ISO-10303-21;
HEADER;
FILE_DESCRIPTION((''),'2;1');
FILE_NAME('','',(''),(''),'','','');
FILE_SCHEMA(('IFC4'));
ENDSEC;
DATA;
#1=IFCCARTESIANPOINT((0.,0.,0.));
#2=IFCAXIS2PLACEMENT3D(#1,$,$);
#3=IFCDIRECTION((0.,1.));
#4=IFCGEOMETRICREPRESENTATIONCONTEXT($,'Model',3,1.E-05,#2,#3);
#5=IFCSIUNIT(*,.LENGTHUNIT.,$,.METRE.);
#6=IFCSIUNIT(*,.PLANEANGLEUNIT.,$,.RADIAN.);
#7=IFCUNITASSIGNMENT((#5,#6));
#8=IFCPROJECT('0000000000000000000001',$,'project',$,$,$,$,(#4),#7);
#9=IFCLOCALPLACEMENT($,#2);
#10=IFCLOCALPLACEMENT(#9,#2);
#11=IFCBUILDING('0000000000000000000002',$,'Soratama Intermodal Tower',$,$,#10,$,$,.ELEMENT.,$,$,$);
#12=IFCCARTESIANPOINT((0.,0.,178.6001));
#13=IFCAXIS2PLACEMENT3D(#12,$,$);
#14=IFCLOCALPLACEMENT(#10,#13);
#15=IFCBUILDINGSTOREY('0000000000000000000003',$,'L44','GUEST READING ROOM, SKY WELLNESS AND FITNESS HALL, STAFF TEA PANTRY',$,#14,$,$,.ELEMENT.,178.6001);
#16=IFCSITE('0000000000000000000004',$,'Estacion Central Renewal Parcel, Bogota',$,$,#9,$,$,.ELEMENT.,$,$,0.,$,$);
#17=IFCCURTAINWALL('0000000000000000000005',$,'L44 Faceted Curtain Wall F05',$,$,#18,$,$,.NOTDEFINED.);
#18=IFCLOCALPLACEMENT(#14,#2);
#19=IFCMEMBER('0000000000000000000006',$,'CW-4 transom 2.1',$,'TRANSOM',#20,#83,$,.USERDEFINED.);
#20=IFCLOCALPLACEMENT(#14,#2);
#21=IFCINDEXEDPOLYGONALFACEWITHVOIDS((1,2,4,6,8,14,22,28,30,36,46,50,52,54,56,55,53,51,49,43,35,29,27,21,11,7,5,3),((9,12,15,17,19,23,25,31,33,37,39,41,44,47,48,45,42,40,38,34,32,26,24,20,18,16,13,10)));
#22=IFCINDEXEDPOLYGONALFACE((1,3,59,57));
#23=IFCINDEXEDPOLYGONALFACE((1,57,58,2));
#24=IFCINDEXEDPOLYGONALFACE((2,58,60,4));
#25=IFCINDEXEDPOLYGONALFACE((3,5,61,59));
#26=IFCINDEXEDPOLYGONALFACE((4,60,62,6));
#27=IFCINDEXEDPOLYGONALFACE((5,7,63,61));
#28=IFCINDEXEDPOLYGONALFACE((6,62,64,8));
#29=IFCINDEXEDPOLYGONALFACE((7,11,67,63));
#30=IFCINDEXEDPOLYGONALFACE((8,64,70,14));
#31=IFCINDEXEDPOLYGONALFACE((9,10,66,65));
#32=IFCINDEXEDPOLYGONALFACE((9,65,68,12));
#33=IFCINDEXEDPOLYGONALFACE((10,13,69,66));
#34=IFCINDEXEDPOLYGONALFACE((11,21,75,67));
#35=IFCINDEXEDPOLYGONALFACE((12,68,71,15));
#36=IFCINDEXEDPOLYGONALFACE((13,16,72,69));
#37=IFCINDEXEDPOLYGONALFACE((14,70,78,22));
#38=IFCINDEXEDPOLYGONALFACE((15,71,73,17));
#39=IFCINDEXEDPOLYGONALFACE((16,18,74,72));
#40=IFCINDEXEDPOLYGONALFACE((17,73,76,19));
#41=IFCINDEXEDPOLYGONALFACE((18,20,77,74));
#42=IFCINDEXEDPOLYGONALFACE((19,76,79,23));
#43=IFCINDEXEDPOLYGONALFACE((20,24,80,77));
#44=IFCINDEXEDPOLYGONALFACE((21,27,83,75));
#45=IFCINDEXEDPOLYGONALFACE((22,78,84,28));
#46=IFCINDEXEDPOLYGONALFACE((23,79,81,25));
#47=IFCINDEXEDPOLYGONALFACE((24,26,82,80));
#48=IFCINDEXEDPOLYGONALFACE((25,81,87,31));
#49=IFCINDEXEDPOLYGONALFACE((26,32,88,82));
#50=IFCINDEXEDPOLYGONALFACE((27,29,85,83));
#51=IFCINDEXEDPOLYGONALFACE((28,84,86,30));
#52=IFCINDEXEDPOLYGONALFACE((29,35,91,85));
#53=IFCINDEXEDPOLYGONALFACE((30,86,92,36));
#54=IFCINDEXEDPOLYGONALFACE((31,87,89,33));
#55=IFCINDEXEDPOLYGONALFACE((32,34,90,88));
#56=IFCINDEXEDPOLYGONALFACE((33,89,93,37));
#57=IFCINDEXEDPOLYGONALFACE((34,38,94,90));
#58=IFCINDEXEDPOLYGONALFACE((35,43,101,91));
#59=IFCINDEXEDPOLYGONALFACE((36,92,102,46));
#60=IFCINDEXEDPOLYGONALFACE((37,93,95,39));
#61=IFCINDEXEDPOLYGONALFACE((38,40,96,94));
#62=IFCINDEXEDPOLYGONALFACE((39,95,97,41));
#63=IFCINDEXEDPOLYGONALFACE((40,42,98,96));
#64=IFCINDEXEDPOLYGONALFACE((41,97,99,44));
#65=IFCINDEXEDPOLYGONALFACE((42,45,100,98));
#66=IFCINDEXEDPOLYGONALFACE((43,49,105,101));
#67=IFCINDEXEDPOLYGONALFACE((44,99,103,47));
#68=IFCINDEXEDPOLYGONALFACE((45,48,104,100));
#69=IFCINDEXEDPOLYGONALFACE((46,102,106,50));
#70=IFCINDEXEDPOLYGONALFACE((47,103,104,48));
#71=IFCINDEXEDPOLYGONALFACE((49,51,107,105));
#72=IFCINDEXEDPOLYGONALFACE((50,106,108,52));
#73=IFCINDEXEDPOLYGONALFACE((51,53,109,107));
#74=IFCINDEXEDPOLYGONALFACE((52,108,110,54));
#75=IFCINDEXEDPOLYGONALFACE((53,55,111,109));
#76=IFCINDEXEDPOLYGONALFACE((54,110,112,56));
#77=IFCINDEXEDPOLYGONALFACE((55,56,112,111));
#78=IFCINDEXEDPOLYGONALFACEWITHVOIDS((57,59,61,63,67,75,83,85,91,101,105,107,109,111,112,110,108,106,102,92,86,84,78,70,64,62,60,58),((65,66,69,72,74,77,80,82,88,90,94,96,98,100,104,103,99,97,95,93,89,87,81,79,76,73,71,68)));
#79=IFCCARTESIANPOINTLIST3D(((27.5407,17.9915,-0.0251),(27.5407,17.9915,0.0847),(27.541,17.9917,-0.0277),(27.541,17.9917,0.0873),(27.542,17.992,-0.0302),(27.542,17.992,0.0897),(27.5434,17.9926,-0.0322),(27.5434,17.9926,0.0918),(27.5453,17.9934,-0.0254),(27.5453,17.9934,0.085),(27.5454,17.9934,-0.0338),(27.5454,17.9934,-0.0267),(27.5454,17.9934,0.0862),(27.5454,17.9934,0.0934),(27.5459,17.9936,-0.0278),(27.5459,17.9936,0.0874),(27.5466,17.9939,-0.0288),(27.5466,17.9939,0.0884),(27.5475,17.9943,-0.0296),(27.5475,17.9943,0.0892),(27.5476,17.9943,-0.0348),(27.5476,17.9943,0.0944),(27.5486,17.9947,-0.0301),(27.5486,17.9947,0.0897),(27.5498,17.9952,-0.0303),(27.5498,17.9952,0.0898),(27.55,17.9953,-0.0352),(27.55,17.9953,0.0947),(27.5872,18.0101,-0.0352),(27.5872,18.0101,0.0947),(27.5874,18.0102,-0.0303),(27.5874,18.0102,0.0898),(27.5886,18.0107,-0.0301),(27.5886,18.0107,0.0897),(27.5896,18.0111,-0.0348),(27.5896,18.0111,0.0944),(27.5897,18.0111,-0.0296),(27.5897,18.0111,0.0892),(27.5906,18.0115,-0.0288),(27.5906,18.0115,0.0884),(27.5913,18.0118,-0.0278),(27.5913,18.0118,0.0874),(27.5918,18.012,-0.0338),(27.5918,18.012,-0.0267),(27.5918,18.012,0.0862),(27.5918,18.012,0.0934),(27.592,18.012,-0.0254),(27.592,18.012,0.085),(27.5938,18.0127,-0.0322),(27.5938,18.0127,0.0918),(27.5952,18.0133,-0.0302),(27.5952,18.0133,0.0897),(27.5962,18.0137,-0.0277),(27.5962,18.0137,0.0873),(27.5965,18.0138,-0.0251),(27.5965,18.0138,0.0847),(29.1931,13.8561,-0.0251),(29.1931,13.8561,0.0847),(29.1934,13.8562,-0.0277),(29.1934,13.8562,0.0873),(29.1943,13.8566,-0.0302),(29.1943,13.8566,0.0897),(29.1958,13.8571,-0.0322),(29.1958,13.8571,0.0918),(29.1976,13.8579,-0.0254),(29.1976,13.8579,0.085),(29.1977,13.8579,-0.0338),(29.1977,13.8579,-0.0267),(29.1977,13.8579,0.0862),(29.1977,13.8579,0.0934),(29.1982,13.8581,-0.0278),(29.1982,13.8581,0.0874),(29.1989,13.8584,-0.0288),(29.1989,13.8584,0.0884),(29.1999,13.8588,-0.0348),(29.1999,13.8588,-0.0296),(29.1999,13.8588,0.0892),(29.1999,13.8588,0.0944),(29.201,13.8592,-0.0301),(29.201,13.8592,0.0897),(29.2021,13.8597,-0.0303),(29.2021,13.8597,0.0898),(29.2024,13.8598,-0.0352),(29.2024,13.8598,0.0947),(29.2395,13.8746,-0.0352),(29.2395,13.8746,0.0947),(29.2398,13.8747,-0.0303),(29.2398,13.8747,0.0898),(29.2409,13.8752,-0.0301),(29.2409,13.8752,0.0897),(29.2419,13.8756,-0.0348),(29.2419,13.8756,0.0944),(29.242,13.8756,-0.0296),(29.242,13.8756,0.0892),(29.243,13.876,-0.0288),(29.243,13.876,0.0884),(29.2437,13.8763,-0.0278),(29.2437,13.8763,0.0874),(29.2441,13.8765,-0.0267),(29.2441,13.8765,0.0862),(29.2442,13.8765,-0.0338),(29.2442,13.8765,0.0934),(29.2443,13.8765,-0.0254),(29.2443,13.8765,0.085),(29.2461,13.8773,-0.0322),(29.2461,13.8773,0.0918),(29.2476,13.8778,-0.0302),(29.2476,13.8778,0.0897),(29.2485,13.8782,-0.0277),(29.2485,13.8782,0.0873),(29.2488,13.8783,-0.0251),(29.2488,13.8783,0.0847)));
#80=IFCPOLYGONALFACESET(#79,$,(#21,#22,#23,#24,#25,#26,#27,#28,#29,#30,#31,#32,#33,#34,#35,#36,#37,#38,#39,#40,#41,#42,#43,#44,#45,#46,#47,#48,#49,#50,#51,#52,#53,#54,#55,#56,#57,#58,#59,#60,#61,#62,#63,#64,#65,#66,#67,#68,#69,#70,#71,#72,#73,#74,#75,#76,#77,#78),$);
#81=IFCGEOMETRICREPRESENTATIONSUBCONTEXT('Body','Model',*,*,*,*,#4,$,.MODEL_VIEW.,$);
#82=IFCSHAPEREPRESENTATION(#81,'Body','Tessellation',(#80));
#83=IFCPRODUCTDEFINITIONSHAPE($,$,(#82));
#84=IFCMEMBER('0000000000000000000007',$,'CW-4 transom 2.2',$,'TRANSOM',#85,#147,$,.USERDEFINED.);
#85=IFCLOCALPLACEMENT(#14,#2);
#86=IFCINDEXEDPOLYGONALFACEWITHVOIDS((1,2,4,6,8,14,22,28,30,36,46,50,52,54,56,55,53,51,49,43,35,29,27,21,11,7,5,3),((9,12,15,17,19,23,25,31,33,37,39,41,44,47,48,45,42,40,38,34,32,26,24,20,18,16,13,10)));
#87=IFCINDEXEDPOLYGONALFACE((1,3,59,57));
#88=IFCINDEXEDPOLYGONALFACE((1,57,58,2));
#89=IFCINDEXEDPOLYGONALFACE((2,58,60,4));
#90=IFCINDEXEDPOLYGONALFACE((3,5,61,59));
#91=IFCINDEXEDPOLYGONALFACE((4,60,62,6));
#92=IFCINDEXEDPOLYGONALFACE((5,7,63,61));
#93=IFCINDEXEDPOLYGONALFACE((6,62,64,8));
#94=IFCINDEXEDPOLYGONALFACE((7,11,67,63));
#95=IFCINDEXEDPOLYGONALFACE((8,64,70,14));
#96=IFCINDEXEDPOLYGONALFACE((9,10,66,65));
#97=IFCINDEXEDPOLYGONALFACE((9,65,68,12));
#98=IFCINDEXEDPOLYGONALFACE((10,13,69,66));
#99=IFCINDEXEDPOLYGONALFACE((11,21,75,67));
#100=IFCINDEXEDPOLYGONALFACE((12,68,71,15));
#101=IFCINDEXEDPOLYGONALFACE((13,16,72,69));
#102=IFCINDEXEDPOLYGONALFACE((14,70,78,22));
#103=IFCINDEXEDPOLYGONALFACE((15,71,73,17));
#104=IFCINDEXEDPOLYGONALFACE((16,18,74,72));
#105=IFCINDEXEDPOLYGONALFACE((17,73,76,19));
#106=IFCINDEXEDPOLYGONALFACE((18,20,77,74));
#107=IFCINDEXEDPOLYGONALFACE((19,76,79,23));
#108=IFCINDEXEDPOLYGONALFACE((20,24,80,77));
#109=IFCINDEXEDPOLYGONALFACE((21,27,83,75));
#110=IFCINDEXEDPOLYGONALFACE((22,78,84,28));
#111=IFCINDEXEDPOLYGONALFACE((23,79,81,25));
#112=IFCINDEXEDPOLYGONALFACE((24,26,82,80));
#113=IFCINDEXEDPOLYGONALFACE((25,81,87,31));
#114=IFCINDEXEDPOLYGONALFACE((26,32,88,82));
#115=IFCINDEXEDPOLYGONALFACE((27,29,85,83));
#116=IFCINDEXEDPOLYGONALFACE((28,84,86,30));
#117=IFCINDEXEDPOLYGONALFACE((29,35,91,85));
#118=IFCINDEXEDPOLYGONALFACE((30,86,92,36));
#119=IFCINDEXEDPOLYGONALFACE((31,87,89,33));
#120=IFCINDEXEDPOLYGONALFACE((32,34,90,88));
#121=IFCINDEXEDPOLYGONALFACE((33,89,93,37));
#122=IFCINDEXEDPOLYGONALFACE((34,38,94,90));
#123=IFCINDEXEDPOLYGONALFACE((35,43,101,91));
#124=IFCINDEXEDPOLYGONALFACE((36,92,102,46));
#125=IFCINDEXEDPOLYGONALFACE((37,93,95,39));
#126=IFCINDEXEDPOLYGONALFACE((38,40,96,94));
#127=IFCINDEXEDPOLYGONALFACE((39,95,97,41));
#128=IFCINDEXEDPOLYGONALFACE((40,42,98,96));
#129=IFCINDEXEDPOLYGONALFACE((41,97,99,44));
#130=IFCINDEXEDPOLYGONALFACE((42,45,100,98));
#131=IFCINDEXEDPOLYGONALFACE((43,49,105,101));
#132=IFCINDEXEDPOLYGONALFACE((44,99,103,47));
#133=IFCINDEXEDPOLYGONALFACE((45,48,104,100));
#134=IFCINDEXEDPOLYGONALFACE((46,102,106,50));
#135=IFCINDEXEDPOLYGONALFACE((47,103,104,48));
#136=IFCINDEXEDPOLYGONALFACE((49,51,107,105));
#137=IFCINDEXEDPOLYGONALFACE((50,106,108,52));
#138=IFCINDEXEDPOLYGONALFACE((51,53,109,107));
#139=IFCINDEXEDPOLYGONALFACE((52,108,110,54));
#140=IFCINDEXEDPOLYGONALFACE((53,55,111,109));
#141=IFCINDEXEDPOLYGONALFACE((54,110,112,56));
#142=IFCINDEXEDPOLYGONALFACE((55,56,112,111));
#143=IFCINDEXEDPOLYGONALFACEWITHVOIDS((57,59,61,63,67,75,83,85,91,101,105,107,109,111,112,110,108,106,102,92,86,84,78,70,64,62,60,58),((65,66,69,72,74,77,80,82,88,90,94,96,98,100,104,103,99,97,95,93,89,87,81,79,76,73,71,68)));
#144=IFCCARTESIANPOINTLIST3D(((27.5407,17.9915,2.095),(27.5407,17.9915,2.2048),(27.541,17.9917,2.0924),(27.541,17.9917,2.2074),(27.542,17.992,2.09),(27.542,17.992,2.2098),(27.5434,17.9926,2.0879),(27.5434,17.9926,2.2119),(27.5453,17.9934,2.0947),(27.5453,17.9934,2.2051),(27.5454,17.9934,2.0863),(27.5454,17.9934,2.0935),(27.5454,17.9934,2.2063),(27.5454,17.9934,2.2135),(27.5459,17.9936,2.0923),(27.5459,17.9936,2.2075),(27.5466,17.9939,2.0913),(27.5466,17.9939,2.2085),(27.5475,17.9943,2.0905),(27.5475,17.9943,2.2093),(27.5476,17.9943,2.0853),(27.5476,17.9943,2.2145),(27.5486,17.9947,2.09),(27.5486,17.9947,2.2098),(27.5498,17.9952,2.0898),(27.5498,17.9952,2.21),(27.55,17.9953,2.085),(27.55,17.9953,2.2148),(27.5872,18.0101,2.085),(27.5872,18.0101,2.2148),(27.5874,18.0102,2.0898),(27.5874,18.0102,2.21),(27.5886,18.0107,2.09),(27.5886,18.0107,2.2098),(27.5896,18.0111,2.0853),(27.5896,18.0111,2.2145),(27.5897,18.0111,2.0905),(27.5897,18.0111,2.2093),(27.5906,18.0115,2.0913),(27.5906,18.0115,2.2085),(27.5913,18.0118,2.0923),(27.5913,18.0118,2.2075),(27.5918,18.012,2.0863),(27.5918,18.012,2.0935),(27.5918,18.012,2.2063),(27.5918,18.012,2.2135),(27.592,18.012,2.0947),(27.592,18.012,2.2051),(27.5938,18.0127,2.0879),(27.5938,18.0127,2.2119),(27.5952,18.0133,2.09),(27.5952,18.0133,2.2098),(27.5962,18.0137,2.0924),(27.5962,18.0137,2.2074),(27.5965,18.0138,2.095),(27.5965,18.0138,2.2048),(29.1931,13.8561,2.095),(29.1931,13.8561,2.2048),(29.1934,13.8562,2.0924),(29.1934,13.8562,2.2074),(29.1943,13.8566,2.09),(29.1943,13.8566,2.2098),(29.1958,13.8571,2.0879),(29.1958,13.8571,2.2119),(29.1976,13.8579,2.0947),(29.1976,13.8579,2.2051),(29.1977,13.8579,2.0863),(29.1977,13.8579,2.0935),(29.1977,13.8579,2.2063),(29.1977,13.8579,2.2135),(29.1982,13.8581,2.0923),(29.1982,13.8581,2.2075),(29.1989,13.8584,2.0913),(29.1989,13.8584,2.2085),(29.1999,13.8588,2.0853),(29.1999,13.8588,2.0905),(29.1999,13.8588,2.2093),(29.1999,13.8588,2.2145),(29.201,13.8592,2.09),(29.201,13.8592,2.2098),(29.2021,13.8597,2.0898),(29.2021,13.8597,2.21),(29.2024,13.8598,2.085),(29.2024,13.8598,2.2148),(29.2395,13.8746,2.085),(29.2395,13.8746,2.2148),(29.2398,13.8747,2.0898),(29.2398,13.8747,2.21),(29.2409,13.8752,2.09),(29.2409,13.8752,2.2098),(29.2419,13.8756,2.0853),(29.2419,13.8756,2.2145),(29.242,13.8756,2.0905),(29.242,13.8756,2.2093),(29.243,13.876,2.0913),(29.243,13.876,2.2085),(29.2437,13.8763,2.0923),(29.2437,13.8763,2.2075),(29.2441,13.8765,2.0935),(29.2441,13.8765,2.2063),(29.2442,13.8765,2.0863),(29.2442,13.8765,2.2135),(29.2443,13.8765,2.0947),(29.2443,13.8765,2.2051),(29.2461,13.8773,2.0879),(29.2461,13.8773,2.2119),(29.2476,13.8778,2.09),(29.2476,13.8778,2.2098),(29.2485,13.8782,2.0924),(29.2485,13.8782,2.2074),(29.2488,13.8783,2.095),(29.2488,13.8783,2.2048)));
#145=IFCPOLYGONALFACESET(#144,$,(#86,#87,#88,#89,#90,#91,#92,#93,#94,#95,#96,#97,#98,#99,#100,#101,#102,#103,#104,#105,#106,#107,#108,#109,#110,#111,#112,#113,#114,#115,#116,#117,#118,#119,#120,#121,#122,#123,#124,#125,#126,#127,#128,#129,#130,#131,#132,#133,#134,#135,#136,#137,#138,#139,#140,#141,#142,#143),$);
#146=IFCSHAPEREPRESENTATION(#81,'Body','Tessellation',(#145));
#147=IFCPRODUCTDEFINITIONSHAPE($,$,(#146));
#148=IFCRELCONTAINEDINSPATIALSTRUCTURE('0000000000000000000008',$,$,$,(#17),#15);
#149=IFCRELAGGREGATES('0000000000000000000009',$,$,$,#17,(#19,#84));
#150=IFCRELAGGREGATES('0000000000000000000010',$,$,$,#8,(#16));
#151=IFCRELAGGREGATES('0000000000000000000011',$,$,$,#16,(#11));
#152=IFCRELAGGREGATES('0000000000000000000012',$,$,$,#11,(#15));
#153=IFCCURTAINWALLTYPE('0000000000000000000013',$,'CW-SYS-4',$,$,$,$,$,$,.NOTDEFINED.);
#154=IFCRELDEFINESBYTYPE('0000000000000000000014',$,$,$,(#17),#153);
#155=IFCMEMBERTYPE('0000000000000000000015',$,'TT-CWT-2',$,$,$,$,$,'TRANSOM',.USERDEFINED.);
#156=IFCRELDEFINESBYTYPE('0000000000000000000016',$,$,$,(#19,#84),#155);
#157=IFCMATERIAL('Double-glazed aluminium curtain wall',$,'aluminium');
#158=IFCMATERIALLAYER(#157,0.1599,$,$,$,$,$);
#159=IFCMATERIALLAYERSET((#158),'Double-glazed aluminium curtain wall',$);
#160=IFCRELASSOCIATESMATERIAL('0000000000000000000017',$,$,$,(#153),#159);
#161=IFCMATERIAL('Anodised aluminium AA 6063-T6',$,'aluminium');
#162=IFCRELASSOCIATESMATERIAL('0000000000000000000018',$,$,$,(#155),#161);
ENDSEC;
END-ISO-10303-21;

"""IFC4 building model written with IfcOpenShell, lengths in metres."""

from ifc_helpers import new_model, si_unit, direction, frame, origin, origin_2d, place, context, subcontext, project, spatial, hollow_rectangle, extrude, material, layer, layer_set, material_profile, profile_set, type_object, element, aggregate, save


model = new_model("IFC4")

# Units and contexts
model_context = context("Model", 3, precision=1e-05, world=origin(), true_north=direction((0.0, 1.0)))
body_context = subcontext(model_context, "Body", "Model", "MODEL_VIEW")
ifc_project = project(units=[si_unit("LENGTHUNIT", "METRE"), si_unit("PLANEANGLEUNIT", "RADIAN")], contexts=[model_context])

# Site, building, storey
site_placement = place(None, origin())
site = spatial("IfcSite", under=ifc_project, at=site_placement, Name="Estacion Central Renewal Parcel, Bogota", CompositionType="ELEMENT", RefElevation=0.0)
building_placement = place(site_placement, origin())
building = spatial("IfcBuilding", under=site, at=building_placement, Name="Soratama Intermodal Tower", CompositionType="ELEMENT")
storey_placement = place(building_placement, frame((0.0, 0.0, 178.6001)))
storey = spatial("IfcBuildingStorey", under=building, at=storey_placement, Name="L44", Description="GUEST READING ROOM, SKY WELLNESS AND FITNESS HALL, STAFF TEA PANTRY", CompositionType="ELEMENT", Elevation=178.6001)

# Curtain wall, members
ifc_material_1 = material(Name="Double-glazed aluminium curtain wall", Category="aluminium")
ifc_layer_1 = layer(ifc_material_1, 0.1599)
ifc_layer_set_1 = layer_set([ifc_layer_1], Name="Double-glazed aluminium curtain wall")
curtain_wall_type = type_object("IfcCurtainWallType", Name="CW-SYS-4", PredefinedType="NOTDEFINED", material=ifc_layer_set_1)
curtain_wall_placement = place(storey_placement, origin())
curtain_wall = element("IfcCurtainWall", 1, at=curtain_wall_placement, inside=storey, type_object=curtain_wall_type, Name="L44 Faceted Curtain Wall F05", PredefinedType="NOTDEFINED")
ifc_material_2 = material(Name="Anodised aluminium AA 6063-T6", Category="aluminium")
ifc_material_profile_1 = material_profile(ifc_material_2, hollow_rectangle(XDim=0.0601, YDim=0.1299, WallThickness=0.0049, InnerFilletRadius=0.0049, OuterFilletRadius=0.01, at=origin_2d()), Name="CWT130X60X5")
ifc_profile_set_1 = profile_set([ifc_material_profile_1], Name="Anodised aluminium AA 6063-T6")
member_type_1 = type_object("IfcMemberType", Name="TT-CWT-2", ElementType="TRANSOM", PredefinedType="USERDEFINED", material=ifc_profile_set_1)
member_1_placement = place(storey_placement, frame((27.5686, 18.0027, 0.0298), z_axis=(0.371031, -0.92862, 0.0), x_axis=(0.92862, 0.371031, 0.0)))
member_1 = element("IfcMember", 2, at=member_1_placement, type_object=member_type_1, Name="CW-4 transom 2.1", ObjectType="TRANSOM", PredefinedType="USERDEFINED", context=body_context, shape_type="SweptSolid", body=[
    extrude(hollow_rectangle(XDim=0.0601, YDim=0.1299, WallThickness=0.0049, InnerFilletRadius=0.0049, OuterFilletRadius=0.01, at=origin_2d()), origin(), (0.0, 0.0, 1.0), 4.4534),
])
member_2_placement = place(storey_placement, frame((27.5686, 18.0027, 2.1499), z_axis=(0.371031, -0.92862, 0.0), x_axis=(0.92862, 0.371031, 0.0)))
member_2 = element("IfcMember", 3, at=member_2_placement, type_object=member_type_1, Name="CW-4 transom 2.2", ObjectType="TRANSOM", PredefinedType="USERDEFINED", context=body_context, shape_type="SweptSolid", body=[
    extrude(hollow_rectangle(XDim=0.0601, YDim=0.1299, WallThickness=0.0049, InnerFilletRadius=0.0049, OuterFilletRadius=0.01, at=origin_2d()), origin(), (0.0, 0.0, 1.0), 4.4534),
])
aggregate(curtain_wall, [member_1, member_2])

save(model, "model.ifc")
